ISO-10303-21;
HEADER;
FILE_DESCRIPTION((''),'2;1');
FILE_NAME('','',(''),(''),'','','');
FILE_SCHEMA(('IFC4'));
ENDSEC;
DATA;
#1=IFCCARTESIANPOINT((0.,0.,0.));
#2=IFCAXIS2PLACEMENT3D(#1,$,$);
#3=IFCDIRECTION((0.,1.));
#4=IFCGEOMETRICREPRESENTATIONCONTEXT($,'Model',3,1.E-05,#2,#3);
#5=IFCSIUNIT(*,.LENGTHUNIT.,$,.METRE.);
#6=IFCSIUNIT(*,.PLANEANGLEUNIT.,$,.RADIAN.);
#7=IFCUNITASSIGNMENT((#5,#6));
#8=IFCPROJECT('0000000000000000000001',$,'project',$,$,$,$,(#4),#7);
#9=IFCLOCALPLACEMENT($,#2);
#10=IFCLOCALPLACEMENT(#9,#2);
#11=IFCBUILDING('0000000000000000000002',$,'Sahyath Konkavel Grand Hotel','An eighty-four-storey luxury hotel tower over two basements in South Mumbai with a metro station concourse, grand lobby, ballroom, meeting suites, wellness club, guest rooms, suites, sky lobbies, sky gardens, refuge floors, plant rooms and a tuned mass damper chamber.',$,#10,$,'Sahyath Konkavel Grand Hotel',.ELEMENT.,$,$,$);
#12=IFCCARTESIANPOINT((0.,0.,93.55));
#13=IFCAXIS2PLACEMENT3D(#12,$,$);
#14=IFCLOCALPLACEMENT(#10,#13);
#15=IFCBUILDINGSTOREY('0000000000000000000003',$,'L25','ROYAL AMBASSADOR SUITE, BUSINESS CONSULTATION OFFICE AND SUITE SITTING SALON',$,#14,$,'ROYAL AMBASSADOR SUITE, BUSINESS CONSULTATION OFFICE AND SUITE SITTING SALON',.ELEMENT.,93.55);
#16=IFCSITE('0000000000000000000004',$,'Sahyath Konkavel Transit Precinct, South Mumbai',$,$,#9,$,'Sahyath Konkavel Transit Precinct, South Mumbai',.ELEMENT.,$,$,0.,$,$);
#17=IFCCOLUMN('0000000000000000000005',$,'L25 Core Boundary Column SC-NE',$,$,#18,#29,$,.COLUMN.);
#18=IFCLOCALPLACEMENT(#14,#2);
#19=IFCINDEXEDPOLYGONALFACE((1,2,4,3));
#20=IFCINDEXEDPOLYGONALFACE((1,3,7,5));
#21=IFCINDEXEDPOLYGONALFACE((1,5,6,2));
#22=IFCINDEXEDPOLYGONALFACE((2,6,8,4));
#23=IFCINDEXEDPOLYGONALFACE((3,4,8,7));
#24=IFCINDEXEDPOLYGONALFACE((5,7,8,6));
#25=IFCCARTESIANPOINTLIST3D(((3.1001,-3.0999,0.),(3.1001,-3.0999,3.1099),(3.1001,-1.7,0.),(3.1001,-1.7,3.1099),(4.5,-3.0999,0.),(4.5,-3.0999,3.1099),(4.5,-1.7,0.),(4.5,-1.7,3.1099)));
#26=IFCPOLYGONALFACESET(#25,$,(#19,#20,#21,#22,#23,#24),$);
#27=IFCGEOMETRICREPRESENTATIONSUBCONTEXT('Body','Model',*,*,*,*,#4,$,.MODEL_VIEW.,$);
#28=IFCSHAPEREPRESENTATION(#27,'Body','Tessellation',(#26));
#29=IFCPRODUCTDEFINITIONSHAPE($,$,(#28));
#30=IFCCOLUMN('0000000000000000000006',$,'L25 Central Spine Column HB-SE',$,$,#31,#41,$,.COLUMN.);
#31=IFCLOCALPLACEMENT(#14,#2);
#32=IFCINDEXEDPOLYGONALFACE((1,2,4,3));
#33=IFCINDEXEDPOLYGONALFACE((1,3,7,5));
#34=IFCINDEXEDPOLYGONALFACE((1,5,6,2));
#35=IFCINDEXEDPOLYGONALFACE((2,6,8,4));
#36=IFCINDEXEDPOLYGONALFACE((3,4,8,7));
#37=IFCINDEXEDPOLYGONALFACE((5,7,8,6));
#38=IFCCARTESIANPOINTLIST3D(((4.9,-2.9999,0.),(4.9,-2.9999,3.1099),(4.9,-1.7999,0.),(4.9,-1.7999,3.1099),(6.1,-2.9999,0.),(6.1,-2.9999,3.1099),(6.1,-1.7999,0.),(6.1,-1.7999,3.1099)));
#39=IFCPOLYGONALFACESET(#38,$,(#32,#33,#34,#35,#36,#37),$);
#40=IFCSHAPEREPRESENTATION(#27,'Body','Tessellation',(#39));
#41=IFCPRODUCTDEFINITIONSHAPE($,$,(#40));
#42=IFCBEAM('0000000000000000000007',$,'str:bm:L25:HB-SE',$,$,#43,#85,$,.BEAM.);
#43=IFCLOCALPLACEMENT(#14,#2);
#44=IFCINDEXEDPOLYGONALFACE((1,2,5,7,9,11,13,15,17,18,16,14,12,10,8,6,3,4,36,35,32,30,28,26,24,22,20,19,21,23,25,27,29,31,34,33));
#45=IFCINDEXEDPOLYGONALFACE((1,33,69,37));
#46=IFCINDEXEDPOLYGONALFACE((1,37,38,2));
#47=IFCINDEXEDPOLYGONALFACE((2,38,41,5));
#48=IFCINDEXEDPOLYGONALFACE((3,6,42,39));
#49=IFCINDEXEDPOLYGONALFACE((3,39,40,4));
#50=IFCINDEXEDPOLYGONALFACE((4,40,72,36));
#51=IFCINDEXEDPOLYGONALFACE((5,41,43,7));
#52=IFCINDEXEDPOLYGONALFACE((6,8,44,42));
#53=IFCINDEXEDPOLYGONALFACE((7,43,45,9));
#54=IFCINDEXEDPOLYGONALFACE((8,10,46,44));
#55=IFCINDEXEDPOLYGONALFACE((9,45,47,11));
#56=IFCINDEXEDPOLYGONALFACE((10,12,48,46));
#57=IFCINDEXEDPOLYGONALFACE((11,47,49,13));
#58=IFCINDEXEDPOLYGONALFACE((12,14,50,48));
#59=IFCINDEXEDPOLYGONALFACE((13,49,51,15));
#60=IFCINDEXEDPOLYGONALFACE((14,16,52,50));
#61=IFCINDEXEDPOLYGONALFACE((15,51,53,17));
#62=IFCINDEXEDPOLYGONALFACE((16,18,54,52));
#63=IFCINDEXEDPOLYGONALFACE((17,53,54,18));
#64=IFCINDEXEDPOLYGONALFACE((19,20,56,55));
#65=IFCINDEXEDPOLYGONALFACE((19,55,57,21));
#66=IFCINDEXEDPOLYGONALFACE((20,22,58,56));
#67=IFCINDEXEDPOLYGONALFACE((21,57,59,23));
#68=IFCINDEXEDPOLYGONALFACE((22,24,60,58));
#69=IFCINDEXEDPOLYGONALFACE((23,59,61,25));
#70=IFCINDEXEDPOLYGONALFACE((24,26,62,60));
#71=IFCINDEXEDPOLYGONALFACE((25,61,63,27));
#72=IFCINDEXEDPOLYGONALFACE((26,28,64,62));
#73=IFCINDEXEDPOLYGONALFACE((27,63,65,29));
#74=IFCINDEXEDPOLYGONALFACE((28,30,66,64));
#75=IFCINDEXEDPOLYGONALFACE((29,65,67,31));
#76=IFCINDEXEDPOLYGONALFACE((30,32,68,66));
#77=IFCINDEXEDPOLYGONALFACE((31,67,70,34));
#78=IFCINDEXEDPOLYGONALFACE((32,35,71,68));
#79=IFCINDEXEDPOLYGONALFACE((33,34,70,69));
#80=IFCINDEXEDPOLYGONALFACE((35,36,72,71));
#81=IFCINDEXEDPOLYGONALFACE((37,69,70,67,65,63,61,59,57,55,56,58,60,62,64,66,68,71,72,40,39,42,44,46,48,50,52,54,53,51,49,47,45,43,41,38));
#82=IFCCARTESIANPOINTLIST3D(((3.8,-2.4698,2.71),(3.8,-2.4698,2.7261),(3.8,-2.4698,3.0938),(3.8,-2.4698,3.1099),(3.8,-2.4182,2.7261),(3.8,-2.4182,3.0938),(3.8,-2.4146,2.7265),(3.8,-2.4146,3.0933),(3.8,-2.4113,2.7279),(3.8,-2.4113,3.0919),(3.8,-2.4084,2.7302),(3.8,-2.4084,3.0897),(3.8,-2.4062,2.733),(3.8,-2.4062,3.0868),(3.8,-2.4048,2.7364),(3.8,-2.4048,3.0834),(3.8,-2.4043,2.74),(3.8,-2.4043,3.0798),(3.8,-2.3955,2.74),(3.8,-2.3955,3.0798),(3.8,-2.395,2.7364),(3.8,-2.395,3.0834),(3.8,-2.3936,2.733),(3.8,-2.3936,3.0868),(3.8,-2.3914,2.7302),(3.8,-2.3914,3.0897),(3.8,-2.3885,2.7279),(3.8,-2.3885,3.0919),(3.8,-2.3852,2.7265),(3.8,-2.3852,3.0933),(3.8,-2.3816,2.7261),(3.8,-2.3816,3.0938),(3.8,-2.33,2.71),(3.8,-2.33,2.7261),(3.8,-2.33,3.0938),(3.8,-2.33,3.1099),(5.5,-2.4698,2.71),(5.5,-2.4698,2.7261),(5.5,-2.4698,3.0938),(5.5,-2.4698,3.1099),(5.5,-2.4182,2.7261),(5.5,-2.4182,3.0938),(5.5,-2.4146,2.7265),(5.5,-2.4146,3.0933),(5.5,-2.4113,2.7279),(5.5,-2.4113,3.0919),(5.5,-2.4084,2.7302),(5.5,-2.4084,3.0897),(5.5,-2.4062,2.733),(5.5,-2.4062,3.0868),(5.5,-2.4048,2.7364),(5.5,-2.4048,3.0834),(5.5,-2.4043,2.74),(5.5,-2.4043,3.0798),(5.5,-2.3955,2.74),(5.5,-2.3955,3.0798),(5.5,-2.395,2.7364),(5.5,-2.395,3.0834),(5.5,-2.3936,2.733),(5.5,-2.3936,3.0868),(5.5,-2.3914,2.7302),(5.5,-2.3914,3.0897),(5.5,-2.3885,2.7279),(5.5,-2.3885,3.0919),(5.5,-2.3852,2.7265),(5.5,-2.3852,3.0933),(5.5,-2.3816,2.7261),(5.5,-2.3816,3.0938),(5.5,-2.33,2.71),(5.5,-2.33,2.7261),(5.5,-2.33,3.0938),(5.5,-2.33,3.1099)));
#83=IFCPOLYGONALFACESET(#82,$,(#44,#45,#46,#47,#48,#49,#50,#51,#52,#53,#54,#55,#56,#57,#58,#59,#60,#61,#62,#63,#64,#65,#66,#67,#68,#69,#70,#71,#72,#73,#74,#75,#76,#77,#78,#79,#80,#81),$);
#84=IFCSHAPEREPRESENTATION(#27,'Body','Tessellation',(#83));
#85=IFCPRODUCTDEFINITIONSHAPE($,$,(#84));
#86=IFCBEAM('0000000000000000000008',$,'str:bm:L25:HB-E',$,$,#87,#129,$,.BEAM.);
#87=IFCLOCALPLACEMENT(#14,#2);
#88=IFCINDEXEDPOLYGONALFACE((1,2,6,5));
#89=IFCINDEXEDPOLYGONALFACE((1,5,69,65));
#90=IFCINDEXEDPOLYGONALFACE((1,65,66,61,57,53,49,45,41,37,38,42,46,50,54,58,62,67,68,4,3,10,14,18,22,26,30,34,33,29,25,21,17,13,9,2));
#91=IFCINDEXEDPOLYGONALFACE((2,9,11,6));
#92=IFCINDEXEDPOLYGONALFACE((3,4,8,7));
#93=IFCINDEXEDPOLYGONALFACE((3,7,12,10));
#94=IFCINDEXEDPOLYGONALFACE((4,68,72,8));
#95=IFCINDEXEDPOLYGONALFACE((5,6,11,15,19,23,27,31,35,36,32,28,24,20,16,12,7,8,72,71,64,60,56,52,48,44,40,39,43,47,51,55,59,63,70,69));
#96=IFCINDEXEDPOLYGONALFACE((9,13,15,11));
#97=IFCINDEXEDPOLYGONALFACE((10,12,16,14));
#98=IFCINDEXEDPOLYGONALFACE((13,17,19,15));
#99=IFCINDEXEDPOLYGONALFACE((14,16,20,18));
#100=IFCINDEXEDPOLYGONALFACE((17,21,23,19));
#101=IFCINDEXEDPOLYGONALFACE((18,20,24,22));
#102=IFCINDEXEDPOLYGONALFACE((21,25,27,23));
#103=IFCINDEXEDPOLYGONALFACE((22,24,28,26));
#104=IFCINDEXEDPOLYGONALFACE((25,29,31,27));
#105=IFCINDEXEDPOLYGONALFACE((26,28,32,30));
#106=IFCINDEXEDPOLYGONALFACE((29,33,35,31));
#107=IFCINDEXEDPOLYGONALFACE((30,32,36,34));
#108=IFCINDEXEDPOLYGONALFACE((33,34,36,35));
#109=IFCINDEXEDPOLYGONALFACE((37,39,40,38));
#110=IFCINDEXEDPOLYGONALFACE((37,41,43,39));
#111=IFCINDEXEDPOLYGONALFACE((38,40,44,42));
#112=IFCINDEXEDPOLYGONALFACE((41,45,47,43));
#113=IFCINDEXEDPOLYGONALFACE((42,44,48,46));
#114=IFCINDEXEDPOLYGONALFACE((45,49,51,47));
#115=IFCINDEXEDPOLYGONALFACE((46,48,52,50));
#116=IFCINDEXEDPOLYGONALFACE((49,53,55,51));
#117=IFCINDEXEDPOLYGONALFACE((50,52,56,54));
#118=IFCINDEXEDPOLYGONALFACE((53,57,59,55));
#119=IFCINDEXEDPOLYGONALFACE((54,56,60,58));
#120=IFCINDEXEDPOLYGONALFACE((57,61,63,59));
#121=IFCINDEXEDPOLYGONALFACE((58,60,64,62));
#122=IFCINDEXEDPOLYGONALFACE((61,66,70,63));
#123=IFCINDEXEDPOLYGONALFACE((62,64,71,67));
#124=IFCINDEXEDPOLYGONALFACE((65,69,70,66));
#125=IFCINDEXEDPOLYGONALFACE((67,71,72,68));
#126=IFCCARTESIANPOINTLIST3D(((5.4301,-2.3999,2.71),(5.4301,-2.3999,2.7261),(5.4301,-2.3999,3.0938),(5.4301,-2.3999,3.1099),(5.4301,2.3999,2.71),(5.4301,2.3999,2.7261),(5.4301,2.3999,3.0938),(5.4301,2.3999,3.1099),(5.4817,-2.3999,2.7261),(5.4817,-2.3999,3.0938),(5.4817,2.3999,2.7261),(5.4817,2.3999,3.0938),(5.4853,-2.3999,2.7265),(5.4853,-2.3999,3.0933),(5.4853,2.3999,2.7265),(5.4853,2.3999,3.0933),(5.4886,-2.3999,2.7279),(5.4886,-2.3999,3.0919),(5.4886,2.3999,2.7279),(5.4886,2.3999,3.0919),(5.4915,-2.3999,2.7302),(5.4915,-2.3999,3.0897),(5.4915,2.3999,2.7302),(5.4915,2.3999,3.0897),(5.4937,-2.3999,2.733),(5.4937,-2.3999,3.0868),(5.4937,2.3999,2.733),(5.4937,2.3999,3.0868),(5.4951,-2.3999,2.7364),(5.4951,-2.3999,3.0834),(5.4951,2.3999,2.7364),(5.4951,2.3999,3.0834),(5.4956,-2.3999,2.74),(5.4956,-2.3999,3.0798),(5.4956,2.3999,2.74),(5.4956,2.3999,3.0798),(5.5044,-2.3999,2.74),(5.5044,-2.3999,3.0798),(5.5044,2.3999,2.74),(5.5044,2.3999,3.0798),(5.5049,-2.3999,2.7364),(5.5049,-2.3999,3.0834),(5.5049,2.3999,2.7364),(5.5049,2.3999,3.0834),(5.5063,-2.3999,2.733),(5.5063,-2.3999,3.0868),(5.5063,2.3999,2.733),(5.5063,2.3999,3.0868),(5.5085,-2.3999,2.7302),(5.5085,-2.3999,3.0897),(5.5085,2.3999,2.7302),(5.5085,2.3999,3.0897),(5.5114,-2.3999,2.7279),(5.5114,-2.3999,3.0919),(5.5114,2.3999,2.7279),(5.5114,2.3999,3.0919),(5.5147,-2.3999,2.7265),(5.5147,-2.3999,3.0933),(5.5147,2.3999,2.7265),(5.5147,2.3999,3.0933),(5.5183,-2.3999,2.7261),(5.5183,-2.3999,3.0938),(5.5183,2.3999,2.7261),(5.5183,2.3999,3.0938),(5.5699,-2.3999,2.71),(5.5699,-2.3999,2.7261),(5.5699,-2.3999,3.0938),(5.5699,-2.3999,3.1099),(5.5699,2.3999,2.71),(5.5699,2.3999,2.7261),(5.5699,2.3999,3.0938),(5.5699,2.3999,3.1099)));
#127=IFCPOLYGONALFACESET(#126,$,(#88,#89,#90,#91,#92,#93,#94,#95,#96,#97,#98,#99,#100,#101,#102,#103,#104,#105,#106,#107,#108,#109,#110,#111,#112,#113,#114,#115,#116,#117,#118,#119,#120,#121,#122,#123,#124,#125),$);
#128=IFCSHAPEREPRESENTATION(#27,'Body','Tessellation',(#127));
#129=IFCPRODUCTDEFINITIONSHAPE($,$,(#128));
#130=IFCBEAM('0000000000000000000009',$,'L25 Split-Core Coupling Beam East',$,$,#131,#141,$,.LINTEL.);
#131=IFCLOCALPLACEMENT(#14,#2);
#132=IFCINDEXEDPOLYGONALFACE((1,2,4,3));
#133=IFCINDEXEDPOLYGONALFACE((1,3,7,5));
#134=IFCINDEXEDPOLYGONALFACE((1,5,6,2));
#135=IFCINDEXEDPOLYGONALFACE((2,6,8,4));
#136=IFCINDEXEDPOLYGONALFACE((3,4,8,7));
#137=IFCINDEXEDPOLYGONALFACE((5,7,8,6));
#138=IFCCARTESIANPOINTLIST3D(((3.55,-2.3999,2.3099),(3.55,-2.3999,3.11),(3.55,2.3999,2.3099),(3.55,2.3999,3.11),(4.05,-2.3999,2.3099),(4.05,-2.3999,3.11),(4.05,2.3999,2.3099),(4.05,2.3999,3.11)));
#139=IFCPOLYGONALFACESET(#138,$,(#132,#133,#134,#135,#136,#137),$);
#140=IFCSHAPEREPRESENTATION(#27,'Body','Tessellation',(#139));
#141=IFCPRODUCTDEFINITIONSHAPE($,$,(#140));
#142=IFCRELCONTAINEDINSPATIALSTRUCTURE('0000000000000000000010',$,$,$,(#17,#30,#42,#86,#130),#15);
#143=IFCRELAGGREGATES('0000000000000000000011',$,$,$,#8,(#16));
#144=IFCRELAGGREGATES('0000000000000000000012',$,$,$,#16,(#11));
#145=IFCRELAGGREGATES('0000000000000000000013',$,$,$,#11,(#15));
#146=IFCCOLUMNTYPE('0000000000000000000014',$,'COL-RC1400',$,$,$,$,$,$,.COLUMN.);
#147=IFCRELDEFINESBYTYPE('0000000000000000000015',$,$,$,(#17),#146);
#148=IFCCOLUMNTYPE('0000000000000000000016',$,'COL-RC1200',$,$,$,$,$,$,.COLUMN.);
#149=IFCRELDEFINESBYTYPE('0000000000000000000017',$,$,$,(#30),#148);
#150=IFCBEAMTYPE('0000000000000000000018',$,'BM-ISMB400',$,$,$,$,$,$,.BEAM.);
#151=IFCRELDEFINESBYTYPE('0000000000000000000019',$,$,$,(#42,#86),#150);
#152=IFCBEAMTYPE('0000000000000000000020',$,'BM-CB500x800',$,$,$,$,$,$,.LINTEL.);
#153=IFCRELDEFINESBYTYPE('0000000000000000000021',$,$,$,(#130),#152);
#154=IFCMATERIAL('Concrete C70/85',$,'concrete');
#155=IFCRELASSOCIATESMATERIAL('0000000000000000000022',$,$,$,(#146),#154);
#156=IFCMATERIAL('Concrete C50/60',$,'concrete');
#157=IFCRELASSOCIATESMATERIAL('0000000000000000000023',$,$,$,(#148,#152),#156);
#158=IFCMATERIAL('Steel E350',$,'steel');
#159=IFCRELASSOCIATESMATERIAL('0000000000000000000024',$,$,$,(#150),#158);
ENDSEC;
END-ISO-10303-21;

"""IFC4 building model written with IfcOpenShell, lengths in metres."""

from ifc_helpers import new_model, si_unit, direction, frame, origin, origin_2d, place, context, subcontext, project, spatial, rectangle, i_section, extrude, source, transform, mapped, material, material_profile, profile_set, type_object, element, save


model = new_model("IFC4")

# Units and contexts
model_context = context("Model", 3, precision=1e-05, world=origin(), true_north=direction((0.0, 1.0)))
body_context = subcontext(model_context, "Body", "Model", "MODEL_VIEW")
ifc_project = project(units=[si_unit("LENGTHUNIT", "METRE"), si_unit("PLANEANGLEUNIT", "RADIAN")], contexts=[model_context])

# Site, building, storey
site_placement = place(None, origin())
site = spatial("IfcSite", under=ifc_project, at=site_placement, Name="Sahyath Konkavel Transit Precinct, South Mumbai", LongName="Sahyath Konkavel Transit Precinct, South Mumbai", CompositionType="ELEMENT", RefElevation=0.0)
building_placement = place(site_placement, origin())
building = spatial("IfcBuilding", under=site, at=building_placement, Name="Sahyath Konkavel Grand Hotel", Description="An eighty-four-storey luxury hotel tower over two basements in South Mumbai with a metro station concourse, grand lobby, ballroom, meeting suites, wellness club, guest rooms, suites, sky lobbies, sky gardens, refuge floors, plant rooms and a tuned mass damper chamber.", LongName="Sahyath Konkavel Grand Hotel", CompositionType="ELEMENT")
storey_placement = place(building_placement, frame((0.0, 0.0, 93.55)))
storey = spatial("IfcBuildingStorey", under=building, at=storey_placement, Name="L25", Description="ROYAL AMBASSADOR SUITE, BUSINESS CONSULTATION OFFICE AND SUITE SITTING SALON", LongName="ROYAL AMBASSADOR SUITE, BUSINESS CONSULTATION OFFICE AND SUITE SITTING SALON", CompositionType="ELEMENT", Elevation=93.55)

# Columns
ifc_material_1 = material(Name="Concrete C70/85", Category="concrete")
ifc_material_profile_1 = material_profile(ifc_material_1, rectangle(XDim=1.3999, YDim=1.3999, at=origin_2d()), Name="RC 1400x1400")
ifc_profile_set_1 = profile_set([ifc_material_profile_1], Name="Concrete C70/85")
column_type_1 = type_object("IfcColumnType", Name="COL-RC1400", PredefinedType="COLUMN", material=ifc_profile_set_1)
shared_shape_1 = source(origin(), body_context, "Body", "SweptSolid", [
    extrude(rectangle(XDim=1.3999, YDim=1.3999, at=origin_2d()), origin(), (0.0, 0.0, 1.0), 3.1099),
])
column_1_placement = place(storey_placement, frame((3.8, -2.3999, 0.0), z_axis=(0.0, 0.0, 1.0), x_axis=(1.0, 0.0, 0.0)))
element("IfcColumn", 1, at=column_1_placement, inside=storey, type_object=column_type_1, Name="L25 Core Boundary Column SC-NE", PredefinedType="COLUMN", context=body_context, shape_type="MappedRepresentation", body=[
    mapped(shared_shape_1, transform((0.0, 0.0, 0.0), scale=1.0)),
])
ifc_material_2 = material(Name="Concrete C50/60", Category="concrete")
ifc_material_profile_2 = material_profile(ifc_material_2, rectangle(XDim=1.2, YDim=1.2, at=origin_2d()), Name="RC 1200x1200")
ifc_profile_set_2 = profile_set([ifc_material_profile_2], Name="Concrete C50/60")
column_type_2 = type_object("IfcColumnType", Name="COL-RC1200", PredefinedType="COLUMN", material=ifc_profile_set_2)
shared_shape_2 = source(origin(), body_context, "Body", "SweptSolid", [
    extrude(rectangle(XDim=1.2, YDim=1.2, at=origin_2d()), origin(), (0.0, 0.0, 1.0), 3.1099),
])
column_2_placement = place(storey_placement, frame((5.5, -2.3999, 0.0), z_axis=(0.0, 0.0, 1.0), x_axis=(1.0, 0.0, 0.0)))
element("IfcColumn", 2, at=column_2_placement, inside=storey, type_object=column_type_2, Name="L25 Central Spine Column HB-SE", PredefinedType="COLUMN", context=body_context, shape_type="MappedRepresentation", body=[
    mapped(shared_shape_2, transform((0.0, 0.0, 0.0), scale=1.0)),
])

# Beams
ifc_material_3 = material(Name="Steel E350", Category="steel")
ifc_material_profile_3 = material_profile(ifc_material_3, i_section(OverallWidth=0.1399, OverallDepth=0.3999, WebThickness=0.0088, FlangeThickness=0.0161, FilletRadius=0.0139, at=origin_2d()), Name="ISMB 400")
ifc_profile_set_3 = profile_set([ifc_material_profile_3], Name="Steel E350")
beam_type_1 = type_object("IfcBeamType", Name="BM-ISMB400", PredefinedType="BEAM", material=ifc_profile_set_3)
shared_shape_3 = source(origin(), body_context, "Body", "SweptSolid", [
    extrude(i_section(OverallWidth=0.1399, OverallDepth=0.3999, WebThickness=0.0088, FlangeThickness=0.0161, FilletRadius=0.0139, at=origin_2d()), origin(), (0.0, 0.0, 1.0), 1.7),
])
beam_1_placement = place(storey_placement, frame((3.8, -2.3999, 2.9099), z_axis=(1.0, 0.0, 0.0), x_axis=(0.0, 1.0, 0.0)))
element("IfcBeam", 3, at=beam_1_placement, inside=storey, type_object=beam_type_1, Name="str:bm:L25:HB-SE", PredefinedType="BEAM", context=body_context, shape_type="MappedRepresentation", body=[
    mapped(shared_shape_3, transform((0.0, 0.0, 0.0), scale=1.0)),
])
shared_shape_4 = source(origin(), body_context, "Body", "SweptSolid", [
    extrude(i_section(OverallWidth=0.1399, OverallDepth=0.3999, WebThickness=0.0088, FlangeThickness=0.0161, FilletRadius=0.0139, at=origin_2d()), origin(), (0.0, 0.0, 1.0), 4.7998),
])
beam_2_placement = place(storey_placement, frame((5.5, -2.3999, 2.9099), z_axis=(0.0, 1.0, 0.0), x_axis=(-1.0, 0.0, 0.0)))
element("IfcBeam", 4, at=beam_2_placement, inside=storey, type_object=beam_type_1, Name="str:bm:L25:HB-E", PredefinedType="BEAM", context=body_context, shape_type="MappedRepresentation", body=[
    mapped(shared_shape_4, transform((0.0, 0.0, 0.0), scale=1.0)),
])
ifc_material_profile_4 = material_profile(ifc_material_2, rectangle(XDim=0.5, YDim=0.8, at=origin_2d()), Name="RC 500x800")
ifc_profile_set_4 = profile_set([ifc_material_profile_4], Name="Concrete C50/60")
beam_type_2 = type_object("IfcBeamType", Name="BM-CB500x800", PredefinedType="LINTEL", material=ifc_profile_set_4)
shared_shape_5 = source(origin(), body_context, "Body", "SweptSolid", [
    extrude(rectangle(XDim=0.5, YDim=0.8, at=origin_2d()), origin(), (0.0, 0.0, 1.0), 4.7998),
])
beam_3_placement = place(storey_placement, frame((3.8, -2.3999, 2.71), z_axis=(0.0, 1.0, 0.0), x_axis=(-1.0, 0.0, 0.0)))
element("IfcBeam", 5, at=beam_3_placement, inside=storey, type_object=beam_type_2, Name="L25 Split-Core Coupling Beam East", PredefinedType="LINTEL", context=body_context, shape_type="MappedRepresentation", body=[
    mapped(shared_shape_5, transform((0.0, 0.0, 0.0), scale=1.0)),
])

save(model, "model.ifc")
